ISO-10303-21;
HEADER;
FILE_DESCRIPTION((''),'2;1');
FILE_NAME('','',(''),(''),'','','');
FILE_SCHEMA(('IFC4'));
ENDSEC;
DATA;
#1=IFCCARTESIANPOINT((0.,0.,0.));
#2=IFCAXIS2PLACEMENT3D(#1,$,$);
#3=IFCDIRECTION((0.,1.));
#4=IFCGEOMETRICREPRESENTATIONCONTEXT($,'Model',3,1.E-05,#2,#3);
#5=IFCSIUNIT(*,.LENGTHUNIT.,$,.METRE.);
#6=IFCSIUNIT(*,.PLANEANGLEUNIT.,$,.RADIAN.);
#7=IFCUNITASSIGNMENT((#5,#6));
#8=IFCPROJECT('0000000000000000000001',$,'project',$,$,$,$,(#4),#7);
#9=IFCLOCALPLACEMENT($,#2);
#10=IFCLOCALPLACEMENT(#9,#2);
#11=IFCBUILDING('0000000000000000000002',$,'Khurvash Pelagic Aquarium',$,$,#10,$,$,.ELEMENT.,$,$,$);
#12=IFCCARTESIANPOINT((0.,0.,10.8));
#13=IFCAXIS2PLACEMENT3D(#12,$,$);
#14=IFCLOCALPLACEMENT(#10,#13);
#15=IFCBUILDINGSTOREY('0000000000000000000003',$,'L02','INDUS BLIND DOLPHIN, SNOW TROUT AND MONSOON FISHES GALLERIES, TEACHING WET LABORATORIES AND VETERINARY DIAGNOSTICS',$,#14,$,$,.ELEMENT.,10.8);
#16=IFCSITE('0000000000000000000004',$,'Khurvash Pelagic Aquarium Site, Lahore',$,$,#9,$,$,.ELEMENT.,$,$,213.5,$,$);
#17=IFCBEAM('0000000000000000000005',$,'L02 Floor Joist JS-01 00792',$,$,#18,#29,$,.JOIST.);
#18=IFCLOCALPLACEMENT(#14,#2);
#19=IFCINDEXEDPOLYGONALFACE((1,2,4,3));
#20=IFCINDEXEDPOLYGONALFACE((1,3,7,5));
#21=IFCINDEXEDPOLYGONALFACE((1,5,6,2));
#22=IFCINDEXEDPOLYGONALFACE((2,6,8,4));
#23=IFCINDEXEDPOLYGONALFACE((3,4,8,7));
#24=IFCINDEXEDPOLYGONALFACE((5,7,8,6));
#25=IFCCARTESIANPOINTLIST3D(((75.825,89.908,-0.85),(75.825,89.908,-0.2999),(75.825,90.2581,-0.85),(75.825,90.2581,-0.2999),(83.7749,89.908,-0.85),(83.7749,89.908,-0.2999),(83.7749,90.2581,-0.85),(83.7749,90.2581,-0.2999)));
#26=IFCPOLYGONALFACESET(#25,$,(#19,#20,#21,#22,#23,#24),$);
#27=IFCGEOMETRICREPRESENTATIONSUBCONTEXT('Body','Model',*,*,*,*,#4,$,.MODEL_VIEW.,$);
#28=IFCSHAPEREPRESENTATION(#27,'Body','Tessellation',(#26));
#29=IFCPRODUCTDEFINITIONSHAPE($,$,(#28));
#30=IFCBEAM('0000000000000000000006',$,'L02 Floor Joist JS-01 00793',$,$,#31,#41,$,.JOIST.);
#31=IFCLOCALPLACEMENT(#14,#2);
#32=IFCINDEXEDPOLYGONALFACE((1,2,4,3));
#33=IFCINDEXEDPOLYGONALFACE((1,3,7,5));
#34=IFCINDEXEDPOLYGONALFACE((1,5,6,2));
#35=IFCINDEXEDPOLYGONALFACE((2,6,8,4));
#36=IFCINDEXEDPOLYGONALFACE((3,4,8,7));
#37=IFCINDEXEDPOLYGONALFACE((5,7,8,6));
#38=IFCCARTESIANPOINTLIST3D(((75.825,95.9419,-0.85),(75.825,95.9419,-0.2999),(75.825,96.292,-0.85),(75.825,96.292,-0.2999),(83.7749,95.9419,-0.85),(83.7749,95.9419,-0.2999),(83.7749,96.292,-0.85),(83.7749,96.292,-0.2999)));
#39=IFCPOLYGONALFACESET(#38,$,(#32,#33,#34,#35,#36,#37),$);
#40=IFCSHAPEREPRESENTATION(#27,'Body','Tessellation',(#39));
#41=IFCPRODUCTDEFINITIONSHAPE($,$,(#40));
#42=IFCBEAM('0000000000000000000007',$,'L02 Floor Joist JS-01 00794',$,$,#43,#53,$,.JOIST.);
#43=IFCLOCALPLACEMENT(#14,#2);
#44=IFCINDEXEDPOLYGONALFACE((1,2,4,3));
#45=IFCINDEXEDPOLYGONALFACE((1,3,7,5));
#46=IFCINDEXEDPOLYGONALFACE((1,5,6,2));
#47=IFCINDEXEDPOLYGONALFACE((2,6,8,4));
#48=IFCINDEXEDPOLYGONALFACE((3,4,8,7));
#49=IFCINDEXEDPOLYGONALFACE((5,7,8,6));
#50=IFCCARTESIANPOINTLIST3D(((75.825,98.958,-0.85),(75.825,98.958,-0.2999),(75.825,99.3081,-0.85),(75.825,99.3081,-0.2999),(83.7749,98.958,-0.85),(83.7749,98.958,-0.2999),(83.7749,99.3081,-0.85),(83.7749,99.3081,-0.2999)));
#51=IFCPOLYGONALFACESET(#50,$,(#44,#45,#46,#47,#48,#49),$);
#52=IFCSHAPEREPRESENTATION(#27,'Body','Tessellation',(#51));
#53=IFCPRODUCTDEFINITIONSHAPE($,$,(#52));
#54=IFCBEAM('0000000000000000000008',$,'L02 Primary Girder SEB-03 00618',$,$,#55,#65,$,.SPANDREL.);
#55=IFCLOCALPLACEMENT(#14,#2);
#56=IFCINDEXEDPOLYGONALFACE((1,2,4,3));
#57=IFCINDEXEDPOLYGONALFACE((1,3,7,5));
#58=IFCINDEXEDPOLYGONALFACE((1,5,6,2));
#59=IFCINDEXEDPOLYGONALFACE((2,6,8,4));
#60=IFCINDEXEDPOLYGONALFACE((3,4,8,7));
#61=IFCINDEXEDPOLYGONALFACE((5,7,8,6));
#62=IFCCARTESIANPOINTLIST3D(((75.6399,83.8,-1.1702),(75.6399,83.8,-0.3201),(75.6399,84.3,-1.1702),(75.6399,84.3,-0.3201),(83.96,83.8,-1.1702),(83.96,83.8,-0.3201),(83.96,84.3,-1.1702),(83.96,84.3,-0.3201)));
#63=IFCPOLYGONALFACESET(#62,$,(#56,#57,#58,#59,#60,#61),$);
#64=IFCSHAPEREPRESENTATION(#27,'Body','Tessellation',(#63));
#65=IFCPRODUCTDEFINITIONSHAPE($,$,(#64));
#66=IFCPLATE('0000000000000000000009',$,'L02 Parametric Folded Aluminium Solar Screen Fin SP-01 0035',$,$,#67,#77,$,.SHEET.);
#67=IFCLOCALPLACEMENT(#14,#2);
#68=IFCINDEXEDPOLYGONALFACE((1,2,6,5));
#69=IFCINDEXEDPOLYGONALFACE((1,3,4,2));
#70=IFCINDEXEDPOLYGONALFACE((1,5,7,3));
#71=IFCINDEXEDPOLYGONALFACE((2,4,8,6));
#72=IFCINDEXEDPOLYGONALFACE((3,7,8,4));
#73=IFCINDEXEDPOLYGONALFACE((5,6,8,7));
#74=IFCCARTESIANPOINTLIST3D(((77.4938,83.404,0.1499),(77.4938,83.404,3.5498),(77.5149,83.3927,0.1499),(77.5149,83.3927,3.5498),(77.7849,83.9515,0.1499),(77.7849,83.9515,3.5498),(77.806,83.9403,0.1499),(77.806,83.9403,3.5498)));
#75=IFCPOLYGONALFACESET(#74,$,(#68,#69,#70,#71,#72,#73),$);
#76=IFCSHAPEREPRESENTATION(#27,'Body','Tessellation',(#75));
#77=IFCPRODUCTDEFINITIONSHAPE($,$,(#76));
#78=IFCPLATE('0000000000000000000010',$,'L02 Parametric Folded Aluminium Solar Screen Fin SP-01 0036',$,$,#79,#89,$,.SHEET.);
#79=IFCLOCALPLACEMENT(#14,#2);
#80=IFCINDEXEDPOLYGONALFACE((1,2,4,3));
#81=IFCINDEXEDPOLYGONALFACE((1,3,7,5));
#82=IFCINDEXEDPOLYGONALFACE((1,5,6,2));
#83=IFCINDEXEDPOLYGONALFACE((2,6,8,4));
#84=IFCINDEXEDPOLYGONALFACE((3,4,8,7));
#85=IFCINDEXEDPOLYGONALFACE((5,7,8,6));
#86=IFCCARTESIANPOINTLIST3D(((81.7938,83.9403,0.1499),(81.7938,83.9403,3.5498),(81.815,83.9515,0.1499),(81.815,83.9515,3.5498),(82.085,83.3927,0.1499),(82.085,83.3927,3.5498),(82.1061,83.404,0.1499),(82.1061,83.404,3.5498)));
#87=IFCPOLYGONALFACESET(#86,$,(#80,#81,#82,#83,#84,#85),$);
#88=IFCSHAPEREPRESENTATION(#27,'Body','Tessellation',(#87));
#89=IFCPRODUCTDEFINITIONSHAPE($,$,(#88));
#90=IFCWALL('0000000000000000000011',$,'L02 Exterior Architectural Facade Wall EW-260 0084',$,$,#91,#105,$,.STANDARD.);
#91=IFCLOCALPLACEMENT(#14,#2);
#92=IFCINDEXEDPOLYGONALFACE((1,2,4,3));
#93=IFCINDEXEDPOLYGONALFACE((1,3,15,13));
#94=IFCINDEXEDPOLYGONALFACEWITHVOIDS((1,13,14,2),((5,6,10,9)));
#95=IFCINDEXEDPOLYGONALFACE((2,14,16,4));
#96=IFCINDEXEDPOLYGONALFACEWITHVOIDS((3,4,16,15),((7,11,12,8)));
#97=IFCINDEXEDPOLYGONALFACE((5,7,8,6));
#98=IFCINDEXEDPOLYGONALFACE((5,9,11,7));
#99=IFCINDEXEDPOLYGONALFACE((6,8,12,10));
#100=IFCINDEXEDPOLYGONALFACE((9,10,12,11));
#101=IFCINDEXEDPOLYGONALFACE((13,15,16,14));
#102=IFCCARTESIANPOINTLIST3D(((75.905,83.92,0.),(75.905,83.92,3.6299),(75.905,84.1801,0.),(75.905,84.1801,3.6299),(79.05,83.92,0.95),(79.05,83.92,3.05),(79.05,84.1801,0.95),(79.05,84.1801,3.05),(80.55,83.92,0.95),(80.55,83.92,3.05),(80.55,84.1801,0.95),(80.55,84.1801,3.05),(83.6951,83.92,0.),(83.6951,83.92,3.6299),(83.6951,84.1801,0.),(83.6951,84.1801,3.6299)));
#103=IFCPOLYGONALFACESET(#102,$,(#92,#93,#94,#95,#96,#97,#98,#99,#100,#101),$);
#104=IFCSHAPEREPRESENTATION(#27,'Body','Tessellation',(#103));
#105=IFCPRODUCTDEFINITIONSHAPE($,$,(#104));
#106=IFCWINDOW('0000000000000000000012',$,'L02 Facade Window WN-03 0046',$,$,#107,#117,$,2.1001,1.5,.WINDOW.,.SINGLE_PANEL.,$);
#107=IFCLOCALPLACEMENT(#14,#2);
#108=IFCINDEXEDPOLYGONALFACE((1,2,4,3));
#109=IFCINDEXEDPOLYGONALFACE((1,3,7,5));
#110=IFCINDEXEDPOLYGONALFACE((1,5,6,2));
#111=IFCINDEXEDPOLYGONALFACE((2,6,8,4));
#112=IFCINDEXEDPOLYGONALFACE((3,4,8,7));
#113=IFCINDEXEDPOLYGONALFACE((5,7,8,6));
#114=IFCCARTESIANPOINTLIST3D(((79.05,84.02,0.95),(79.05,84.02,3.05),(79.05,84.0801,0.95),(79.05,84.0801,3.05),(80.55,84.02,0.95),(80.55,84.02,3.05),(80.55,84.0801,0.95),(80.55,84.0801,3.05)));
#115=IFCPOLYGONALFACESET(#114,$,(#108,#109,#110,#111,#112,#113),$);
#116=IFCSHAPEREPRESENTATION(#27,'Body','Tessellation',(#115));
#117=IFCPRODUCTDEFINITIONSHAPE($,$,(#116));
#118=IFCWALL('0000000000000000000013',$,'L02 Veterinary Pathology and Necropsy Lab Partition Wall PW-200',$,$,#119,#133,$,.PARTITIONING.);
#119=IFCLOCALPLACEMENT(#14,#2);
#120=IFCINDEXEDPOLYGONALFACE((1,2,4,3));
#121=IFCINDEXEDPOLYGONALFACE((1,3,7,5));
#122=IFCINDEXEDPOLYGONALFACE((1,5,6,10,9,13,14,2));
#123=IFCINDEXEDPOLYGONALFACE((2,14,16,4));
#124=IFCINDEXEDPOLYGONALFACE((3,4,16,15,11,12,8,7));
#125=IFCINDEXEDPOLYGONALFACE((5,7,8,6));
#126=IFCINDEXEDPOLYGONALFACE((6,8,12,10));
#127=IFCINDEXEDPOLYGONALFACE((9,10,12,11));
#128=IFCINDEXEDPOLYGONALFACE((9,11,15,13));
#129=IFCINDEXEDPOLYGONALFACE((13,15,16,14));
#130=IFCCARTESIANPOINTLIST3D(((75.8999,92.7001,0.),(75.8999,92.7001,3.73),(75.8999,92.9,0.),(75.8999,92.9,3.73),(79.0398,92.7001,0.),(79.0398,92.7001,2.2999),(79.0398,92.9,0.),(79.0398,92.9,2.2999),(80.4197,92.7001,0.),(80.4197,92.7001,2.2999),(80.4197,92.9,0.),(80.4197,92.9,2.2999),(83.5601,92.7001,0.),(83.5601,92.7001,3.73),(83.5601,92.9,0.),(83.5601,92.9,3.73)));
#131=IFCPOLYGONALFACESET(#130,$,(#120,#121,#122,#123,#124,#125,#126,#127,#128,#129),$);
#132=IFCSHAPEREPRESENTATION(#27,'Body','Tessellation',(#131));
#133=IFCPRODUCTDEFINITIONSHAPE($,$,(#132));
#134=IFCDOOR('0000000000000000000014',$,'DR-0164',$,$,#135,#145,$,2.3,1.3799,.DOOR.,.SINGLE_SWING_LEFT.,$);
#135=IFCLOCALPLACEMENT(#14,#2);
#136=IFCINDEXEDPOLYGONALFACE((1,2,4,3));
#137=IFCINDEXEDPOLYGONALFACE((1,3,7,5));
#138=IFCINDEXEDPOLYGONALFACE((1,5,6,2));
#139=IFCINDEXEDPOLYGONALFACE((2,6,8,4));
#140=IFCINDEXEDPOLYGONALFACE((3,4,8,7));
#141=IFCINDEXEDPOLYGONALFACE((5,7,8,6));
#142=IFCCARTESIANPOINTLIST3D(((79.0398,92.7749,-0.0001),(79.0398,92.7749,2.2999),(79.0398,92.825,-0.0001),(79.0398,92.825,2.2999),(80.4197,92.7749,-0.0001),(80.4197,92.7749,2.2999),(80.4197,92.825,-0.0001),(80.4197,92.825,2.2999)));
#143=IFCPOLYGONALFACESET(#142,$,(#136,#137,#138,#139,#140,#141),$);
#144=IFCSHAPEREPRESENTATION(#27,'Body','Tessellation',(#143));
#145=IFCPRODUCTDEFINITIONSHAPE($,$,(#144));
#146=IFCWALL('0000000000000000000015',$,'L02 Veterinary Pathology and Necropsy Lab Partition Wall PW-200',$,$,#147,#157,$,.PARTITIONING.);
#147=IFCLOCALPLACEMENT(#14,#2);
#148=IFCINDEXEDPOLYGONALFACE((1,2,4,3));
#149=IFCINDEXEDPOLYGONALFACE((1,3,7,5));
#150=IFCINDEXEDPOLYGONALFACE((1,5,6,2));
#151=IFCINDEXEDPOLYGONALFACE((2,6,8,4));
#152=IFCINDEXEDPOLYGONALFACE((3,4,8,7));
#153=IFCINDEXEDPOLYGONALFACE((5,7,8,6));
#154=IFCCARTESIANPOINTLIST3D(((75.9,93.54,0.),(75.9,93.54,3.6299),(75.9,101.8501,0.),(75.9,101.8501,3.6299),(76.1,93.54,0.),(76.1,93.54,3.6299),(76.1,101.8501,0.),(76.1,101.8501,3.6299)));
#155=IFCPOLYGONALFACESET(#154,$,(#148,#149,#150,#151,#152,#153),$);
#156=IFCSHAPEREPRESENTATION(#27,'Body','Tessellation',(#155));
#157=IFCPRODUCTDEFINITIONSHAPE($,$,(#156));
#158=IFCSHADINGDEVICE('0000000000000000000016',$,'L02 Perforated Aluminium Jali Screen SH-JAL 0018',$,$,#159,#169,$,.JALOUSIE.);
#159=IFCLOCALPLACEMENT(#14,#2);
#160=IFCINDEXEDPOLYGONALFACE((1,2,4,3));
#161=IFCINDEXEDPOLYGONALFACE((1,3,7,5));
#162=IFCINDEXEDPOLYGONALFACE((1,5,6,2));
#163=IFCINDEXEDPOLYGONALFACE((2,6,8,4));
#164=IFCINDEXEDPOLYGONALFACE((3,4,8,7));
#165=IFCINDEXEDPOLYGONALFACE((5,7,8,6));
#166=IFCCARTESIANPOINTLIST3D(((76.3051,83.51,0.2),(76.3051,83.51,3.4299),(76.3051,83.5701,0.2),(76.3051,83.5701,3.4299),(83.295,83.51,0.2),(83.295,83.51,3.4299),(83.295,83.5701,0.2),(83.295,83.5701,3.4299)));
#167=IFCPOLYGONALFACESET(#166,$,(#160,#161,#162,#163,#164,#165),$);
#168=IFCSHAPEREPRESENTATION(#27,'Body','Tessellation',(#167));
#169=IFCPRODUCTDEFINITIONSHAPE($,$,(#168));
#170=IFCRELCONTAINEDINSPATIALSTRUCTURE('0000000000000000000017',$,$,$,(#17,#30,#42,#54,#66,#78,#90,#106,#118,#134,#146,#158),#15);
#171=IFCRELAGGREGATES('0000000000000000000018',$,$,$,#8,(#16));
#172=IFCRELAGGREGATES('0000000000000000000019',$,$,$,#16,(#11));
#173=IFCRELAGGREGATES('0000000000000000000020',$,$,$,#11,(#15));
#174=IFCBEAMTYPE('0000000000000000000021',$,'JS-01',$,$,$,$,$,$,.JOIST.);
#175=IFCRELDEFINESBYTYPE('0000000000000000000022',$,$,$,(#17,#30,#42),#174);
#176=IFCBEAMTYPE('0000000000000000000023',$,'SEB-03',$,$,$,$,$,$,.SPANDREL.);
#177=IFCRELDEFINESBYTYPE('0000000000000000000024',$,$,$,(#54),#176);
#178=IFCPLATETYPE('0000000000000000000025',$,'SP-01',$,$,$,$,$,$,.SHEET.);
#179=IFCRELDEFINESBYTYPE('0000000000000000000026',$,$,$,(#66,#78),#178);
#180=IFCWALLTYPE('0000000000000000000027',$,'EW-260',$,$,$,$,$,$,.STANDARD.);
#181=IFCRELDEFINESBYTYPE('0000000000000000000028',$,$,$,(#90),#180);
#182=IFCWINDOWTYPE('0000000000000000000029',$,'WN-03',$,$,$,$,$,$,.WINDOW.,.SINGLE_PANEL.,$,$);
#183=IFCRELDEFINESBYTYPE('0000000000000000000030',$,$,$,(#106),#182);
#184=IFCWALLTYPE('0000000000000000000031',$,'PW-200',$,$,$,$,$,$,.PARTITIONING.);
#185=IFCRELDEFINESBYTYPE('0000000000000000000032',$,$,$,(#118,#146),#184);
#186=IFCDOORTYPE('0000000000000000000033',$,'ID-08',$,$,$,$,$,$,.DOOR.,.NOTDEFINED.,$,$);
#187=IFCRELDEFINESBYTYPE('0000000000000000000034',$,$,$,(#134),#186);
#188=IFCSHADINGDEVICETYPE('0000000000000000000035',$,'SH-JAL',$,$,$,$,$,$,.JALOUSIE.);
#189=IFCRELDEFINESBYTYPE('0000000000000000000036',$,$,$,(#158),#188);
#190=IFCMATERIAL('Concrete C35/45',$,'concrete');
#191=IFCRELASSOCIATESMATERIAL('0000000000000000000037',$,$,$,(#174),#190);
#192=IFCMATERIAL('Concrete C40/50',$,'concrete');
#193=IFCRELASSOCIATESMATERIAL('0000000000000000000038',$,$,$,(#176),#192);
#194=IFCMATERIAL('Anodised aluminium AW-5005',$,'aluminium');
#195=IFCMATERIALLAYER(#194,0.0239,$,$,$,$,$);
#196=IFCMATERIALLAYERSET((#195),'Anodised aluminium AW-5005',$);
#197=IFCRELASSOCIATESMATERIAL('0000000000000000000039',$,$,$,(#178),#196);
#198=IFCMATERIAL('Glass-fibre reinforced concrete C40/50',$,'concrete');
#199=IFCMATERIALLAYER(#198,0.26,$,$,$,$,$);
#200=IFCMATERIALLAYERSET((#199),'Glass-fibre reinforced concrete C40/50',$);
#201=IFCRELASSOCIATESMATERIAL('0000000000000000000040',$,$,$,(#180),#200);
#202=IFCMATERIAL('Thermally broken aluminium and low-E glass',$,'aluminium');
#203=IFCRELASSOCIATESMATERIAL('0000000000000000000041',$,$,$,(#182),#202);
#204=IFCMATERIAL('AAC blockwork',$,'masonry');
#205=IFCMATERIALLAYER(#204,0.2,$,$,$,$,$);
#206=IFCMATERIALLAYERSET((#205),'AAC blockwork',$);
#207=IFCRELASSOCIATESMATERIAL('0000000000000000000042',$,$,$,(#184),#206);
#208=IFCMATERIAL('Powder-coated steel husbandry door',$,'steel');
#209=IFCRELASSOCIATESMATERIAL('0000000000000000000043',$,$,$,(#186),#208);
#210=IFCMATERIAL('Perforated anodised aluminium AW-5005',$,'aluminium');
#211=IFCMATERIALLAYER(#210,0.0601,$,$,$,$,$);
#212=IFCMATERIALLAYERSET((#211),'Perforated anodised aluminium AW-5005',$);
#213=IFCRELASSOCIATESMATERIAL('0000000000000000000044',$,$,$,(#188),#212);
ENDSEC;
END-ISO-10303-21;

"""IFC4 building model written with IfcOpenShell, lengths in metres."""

from ifc_helpers import new_model, si_unit, direction, frame, frame_2d, origin, origin_2d, place, context, subcontext, project, spatial, rectangle, extrude, material, layer, layer_set, material_profile, profile_set, type_object, element, fill, save


model = new_model("IFC4")

# Units and contexts
model_context = context("Model", 3, precision=1e-05, world=origin(), true_north=direction((0.0, 1.0)))
body_context = subcontext(model_context, "Body", "Model", "MODEL_VIEW")
ifc_project = project(units=[si_unit("LENGTHUNIT", "METRE"), si_unit("PLANEANGLEUNIT", "RADIAN")], contexts=[model_context])

# Site, building, storey
site_placement = place(None, origin())
site = spatial("IfcSite", under=ifc_project, at=site_placement, Name="Khurvash Pelagic Aquarium Site, Lahore", CompositionType="ELEMENT", RefElevation=213.5)
building_placement = place(site_placement, origin())
building = spatial("IfcBuilding", under=site, at=building_placement, Name="Khurvash Pelagic Aquarium", CompositionType="ELEMENT")
storey_placement = place(building_placement, frame((0.0, 0.0, 10.8)))
storey = spatial("IfcBuildingStorey", under=building, at=storey_placement, Name="L02", Description="INDUS BLIND DOLPHIN, SNOW TROUT AND MONSOON FISHES GALLERIES, TEACHING WET LABORATORIES AND VETERINARY DIAGNOSTICS", CompositionType="ELEMENT", Elevation=10.8)

# Shared definitions
ifc_material_1 = material(Name="Concrete C40/50", Category="concrete")

# Shared definitions
ifc_material_2 = material(Name="Concrete C35/45", Category="concrete")

# Beams
ifc_material_profile_1 = material_profile(ifc_material_2, rectangle(XDim=0.3501, YDim=0.55, at=origin_2d()), Name="RC350X550")
ifc_profile_set_1 = profile_set([ifc_material_profile_1], Name="Concrete C35/45")
beam_type_1 = type_object("IfcBeamType", Name="JS-01", PredefinedType="JOIST", material=ifc_profile_set_1)
for number, where, z_axis, x_axis, name in (
    (1, (75.825, 90.083, -0.575), (1.0, 0.0, 0.0), (0.0, 1.0, 0.0), "L02 Floor Joist JS-01 00792"),
    (2, (75.825, 96.1169, -0.575), (1.0, 0.0, 0.0), (0.0, 1.0, 0.0), "L02 Floor Joist JS-01 00793"),
    (3, (75.825, 99.1331, -0.575), (1.0, 0.0, 0.0), (0.0, 1.0, 0.0), "L02 Floor Joist JS-01 00794"),
):
    element("IfcBeam", number, at=place(storey_placement, frame(where, z_axis=z_axis, x_axis=x_axis)), inside=storey, type_object=beam_type_1, Name=name, PredefinedType="JOIST", context=body_context, shape_type="SweptSolid", body=[
        extrude(rectangle(XDim=0.3501, YDim=0.55, at=origin_2d()), origin(), (0.0, 0.0, 1.0), 7.95),
    ])
ifc_material_profile_2 = material_profile(ifc_material_1, rectangle(XDim=0.5, YDim=0.8501, at=origin_2d()), Name="RC500X850")
ifc_profile_set_2 = profile_set([ifc_material_profile_2], Name="Concrete C40/50")
beam_type_2 = type_object("IfcBeamType", Name="SEB-03", PredefinedType="SPANDREL", material=ifc_profile_set_2)
beam_1_placement = place(storey_placement, frame((75.6399, 84.05, -0.7451), z_axis=(1.0, 0.0, 0.0), x_axis=(0.0, 1.0, 0.0)))
element("IfcBeam", 4, at=beam_1_placement, inside=storey, type_object=beam_type_2, Name="L02 Primary Girder SEB-03 00618", PredefinedType="SPANDREL", context=body_context, shape_type="SweptSolid", body=[
    extrude(rectangle(XDim=0.5, YDim=0.8501, at=origin_2d()), origin(), (0.0, 0.0, 1.0), 8.3201),
])

# Plates
ifc_material_3 = material(Name="Anodised aluminium AW-5005", Category="aluminium")
ifc_layer_1 = layer(ifc_material_3, 0.0239)
ifc_layer_set_1 = layer_set([ifc_layer_1], Name="Anodised aluminium AW-5005")
plate_type = type_object("IfcPlateType", Name="SP-01", PredefinedType="SHEET", material=ifc_layer_set_1)
for number, where, z_axis, x_axis, name in (
    (5, (77.6499, 83.6721, 0.1499), (0.0, 0.0, 1.0), (-0.469472, -0.882948, 0.0), "L02 Parametric Folded Aluminium Solar Screen Fin SP-01 0035"),
    (6, (81.95, 83.6721, 0.1499), (0.0, 0.0, 1.0), (0.469472, -0.882948, 0.0), "L02 Parametric Folded Aluminium Solar Screen Fin SP-01 0036"),
):
    element("IfcPlate", number, at=place(storey_placement, frame(where, z_axis=z_axis, x_axis=x_axis)), inside=storey, type_object=plate_type, Name=name, PredefinedType="SHEET", context=body_context, shape_type="SweptSolid", body=[
        extrude(rectangle(XDim=0.6201, YDim=0.0239, at=origin_2d()), origin(), (0.0, 0.0, 1.0), 3.3999),
    ])

# Wall, opening, window
ifc_material_4 = material(Name="Glass-fibre reinforced concrete C40/50", Category="concrete")
ifc_layer_2 = layer(ifc_material_4, 0.26)
ifc_layer_set_2 = layer_set([ifc_layer_2], Name="Glass-fibre reinforced concrete C40/50")
wall_type_1 = type_object("IfcWallType", Name="EW-260", PredefinedType="STANDARD", material=ifc_layer_set_2)
wall_1_placement = place(storey_placement, frame((75.905, 84.05, 0.0), z_axis=(0.0, 0.0, 1.0), x_axis=(1.0, 0.0, 0.0)))
wall_1 = element("IfcWall", 7, at=wall_1_placement, inside=storey, type_object=wall_type_1, Name="L02 Exterior Architectural Facade Wall EW-260 0084", PredefinedType="STANDARD", context=body_context, shape_type="SweptSolid", body=[
    extrude(rectangle(XDim=7.79, YDim=0.26, at=frame_2d((3.895, 0.0))), origin(), (0.0, 0.0, 1.0), 3.6299),
])
opening_1_placement = place(wall_1_placement, frame((3.145, 0.0, 0.95)))
opening_1 = element("IfcOpeningElement", 8, at=opening_1_placement, cuts=wall_1, PredefinedType="OPENING", context=body_context, shape_type="SweptSolid", body=[
    extrude(rectangle(XDim=1.5, YDim=2.1001, at=frame_2d((0.75, 1.05))), frame((0.0, 0.1401, 0.0), z_axis=(0.0, -1.0, 0.0), x_axis=(1.0, 0.0, 0.0)), (0.0, 0.0, 1.0), 0.28),
])
ifc_material_5 = material(Name="Thermally broken aluminium and low-E glass", Category="aluminium")
window_type = type_object("IfcWindowType", Name="WN-03", PartitioningType="SINGLE_PANEL", PredefinedType="WINDOW", material=ifc_material_5)
window_placement = place(opening_1_placement, origin())
window = element("IfcWindow", 9, at=window_placement, inside=storey, type_object=window_type, Name="L02 Facade Window WN-03 0046", OverallHeight=2.1001, OverallWidth=1.5, PartitioningType="SINGLE_PANEL", PredefinedType="WINDOW", context=body_context, shape_type="SweptSolid", body=[
    extrude(rectangle(XDim=1.5, YDim=2.1001, at=frame_2d((0.75, 1.05))), frame((0.0, 0.03, 0.0), z_axis=(0.0, -1.0, 0.0), x_axis=(1.0, 0.0, 0.0)), (0.0, 0.0, 1.0), 0.0601),
])
fill(opening_1, window)

# Wall, opening, door
ifc_material_6 = material(Name="AAC blockwork", Category="masonry")
ifc_layer_3 = layer(ifc_material_6, 0.2)
ifc_layer_set_3 = layer_set([ifc_layer_3], Name="AAC blockwork")
wall_type_2 = type_object("IfcWallType", Name="PW-200", PredefinedType="PARTITIONING", material=ifc_layer_set_3)
wall_2_placement = place(storey_placement, frame((75.8999, 92.8, 0.0), z_axis=(0.0, 0.0, 1.0), x_axis=(1.0, 0.0, 0.0)))
wall_2 = element("IfcWall", 10, at=wall_2_placement, inside=storey, type_object=wall_type_2, Name="L02 Veterinary Pathology and Necropsy Lab Partition Wall PW-200", PredefinedType="PARTITIONING", context=body_context, shape_type="SweptSolid", body=[
    extrude(rectangle(XDim=7.6602, YDim=0.2, at=frame_2d((3.8301, 0.0))), origin(), (0.0, 0.0, 1.0), 3.73),
])
opening_2_placement = place(wall_2_placement, frame((3.1399, 0.0, 0.0)))
opening_2 = element("IfcOpeningElement", 11, at=opening_2_placement, cuts=wall_2, PredefinedType="OPENING", context=body_context, shape_type="SweptSolid", body=[
    extrude(rectangle(XDim=1.3799, YDim=2.3, at=frame_2d((0.6899, 1.1499))), frame((0.0, 0.1099, 0.0), z_axis=(0.0, -1.0, 0.0), x_axis=(1.0, 0.0, 0.0)), (0.0, 0.0, 1.0), 0.22),
])
ifc_material_7 = material(Name="Powder-coated steel husbandry door", Category="steel")
door_type = type_object("IfcDoorType", Name="ID-08", OperationType="NOTDEFINED", PredefinedType="DOOR", material=ifc_material_7)
door_placement = place(opening_2_placement, origin())
door = element("IfcDoor", 12, at=door_placement, inside=storey, type_object=door_type, Name="DR-0164", OperationType="SINGLE_SWING_LEFT", OverallHeight=2.3, OverallWidth=1.3799, PredefinedType="DOOR", context=body_context, shape_type="SweptSolid", body=[
    extrude(rectangle(XDim=1.3799, YDim=2.3, at=frame_2d((0.6899, 1.1499))), frame((0.0, 0.0249, 0.0), z_axis=(0.0, -1.0, 0.0), x_axis=(1.0, 0.0, 0.0)), (0.0, 0.0, 1.0), 0.05),
])
fill(opening_2, door)

# Wall
wall_3_placement = place(storey_placement, frame((76.0, 93.54, 0.0), z_axis=(0.0, 0.0, 1.0), x_axis=(0.0, 1.0, 0.0)))
element("IfcWall", 13, at=wall_3_placement, inside=storey, type_object=wall_type_2, Name="L02 Veterinary Pathology and Necropsy Lab Partition Wall PW-200", PredefinedType="PARTITIONING", context=body_context, shape_type="SweptSolid", body=[
    extrude(rectangle(XDim=8.3101, YDim=0.2, at=frame_2d((4.155, 0.0))), origin(), (0.0, 0.0, 1.0), 3.6299),
])

# Shading device
ifc_material_8 = material(Name="Perforated anodised aluminium AW-5005", Category="aluminium")
ifc_layer_4 = layer(ifc_material_8, 0.0601)
ifc_layer_set_4 = layer_set([ifc_layer_4], Name="Perforated anodised aluminium AW-5005")
shading_device_type = type_object("IfcShadingDeviceType", Name="SH-JAL", PredefinedType="JALOUSIE", material=ifc_layer_set_4)
shading_device_placement = place(storey_placement, frame((79.8, 83.54, 0.2), z_axis=(0.0, 0.0, 1.0), x_axis=(1.0, 0.0, 0.0)))
element("IfcShadingDevice", 14, at=shading_device_placement, inside=storey, type_object=shading_device_type, Name="L02 Perforated Aluminium Jali Screen SH-JAL 0018", PredefinedType="JALOUSIE", context=body_context, shape_type="SweptSolid", body=[
    extrude(rectangle(XDim=6.99, YDim=0.0601, at=origin_2d()), origin(), (0.0, 0.0, 1.0), 3.23),
])

save(model, "model.ifc")
